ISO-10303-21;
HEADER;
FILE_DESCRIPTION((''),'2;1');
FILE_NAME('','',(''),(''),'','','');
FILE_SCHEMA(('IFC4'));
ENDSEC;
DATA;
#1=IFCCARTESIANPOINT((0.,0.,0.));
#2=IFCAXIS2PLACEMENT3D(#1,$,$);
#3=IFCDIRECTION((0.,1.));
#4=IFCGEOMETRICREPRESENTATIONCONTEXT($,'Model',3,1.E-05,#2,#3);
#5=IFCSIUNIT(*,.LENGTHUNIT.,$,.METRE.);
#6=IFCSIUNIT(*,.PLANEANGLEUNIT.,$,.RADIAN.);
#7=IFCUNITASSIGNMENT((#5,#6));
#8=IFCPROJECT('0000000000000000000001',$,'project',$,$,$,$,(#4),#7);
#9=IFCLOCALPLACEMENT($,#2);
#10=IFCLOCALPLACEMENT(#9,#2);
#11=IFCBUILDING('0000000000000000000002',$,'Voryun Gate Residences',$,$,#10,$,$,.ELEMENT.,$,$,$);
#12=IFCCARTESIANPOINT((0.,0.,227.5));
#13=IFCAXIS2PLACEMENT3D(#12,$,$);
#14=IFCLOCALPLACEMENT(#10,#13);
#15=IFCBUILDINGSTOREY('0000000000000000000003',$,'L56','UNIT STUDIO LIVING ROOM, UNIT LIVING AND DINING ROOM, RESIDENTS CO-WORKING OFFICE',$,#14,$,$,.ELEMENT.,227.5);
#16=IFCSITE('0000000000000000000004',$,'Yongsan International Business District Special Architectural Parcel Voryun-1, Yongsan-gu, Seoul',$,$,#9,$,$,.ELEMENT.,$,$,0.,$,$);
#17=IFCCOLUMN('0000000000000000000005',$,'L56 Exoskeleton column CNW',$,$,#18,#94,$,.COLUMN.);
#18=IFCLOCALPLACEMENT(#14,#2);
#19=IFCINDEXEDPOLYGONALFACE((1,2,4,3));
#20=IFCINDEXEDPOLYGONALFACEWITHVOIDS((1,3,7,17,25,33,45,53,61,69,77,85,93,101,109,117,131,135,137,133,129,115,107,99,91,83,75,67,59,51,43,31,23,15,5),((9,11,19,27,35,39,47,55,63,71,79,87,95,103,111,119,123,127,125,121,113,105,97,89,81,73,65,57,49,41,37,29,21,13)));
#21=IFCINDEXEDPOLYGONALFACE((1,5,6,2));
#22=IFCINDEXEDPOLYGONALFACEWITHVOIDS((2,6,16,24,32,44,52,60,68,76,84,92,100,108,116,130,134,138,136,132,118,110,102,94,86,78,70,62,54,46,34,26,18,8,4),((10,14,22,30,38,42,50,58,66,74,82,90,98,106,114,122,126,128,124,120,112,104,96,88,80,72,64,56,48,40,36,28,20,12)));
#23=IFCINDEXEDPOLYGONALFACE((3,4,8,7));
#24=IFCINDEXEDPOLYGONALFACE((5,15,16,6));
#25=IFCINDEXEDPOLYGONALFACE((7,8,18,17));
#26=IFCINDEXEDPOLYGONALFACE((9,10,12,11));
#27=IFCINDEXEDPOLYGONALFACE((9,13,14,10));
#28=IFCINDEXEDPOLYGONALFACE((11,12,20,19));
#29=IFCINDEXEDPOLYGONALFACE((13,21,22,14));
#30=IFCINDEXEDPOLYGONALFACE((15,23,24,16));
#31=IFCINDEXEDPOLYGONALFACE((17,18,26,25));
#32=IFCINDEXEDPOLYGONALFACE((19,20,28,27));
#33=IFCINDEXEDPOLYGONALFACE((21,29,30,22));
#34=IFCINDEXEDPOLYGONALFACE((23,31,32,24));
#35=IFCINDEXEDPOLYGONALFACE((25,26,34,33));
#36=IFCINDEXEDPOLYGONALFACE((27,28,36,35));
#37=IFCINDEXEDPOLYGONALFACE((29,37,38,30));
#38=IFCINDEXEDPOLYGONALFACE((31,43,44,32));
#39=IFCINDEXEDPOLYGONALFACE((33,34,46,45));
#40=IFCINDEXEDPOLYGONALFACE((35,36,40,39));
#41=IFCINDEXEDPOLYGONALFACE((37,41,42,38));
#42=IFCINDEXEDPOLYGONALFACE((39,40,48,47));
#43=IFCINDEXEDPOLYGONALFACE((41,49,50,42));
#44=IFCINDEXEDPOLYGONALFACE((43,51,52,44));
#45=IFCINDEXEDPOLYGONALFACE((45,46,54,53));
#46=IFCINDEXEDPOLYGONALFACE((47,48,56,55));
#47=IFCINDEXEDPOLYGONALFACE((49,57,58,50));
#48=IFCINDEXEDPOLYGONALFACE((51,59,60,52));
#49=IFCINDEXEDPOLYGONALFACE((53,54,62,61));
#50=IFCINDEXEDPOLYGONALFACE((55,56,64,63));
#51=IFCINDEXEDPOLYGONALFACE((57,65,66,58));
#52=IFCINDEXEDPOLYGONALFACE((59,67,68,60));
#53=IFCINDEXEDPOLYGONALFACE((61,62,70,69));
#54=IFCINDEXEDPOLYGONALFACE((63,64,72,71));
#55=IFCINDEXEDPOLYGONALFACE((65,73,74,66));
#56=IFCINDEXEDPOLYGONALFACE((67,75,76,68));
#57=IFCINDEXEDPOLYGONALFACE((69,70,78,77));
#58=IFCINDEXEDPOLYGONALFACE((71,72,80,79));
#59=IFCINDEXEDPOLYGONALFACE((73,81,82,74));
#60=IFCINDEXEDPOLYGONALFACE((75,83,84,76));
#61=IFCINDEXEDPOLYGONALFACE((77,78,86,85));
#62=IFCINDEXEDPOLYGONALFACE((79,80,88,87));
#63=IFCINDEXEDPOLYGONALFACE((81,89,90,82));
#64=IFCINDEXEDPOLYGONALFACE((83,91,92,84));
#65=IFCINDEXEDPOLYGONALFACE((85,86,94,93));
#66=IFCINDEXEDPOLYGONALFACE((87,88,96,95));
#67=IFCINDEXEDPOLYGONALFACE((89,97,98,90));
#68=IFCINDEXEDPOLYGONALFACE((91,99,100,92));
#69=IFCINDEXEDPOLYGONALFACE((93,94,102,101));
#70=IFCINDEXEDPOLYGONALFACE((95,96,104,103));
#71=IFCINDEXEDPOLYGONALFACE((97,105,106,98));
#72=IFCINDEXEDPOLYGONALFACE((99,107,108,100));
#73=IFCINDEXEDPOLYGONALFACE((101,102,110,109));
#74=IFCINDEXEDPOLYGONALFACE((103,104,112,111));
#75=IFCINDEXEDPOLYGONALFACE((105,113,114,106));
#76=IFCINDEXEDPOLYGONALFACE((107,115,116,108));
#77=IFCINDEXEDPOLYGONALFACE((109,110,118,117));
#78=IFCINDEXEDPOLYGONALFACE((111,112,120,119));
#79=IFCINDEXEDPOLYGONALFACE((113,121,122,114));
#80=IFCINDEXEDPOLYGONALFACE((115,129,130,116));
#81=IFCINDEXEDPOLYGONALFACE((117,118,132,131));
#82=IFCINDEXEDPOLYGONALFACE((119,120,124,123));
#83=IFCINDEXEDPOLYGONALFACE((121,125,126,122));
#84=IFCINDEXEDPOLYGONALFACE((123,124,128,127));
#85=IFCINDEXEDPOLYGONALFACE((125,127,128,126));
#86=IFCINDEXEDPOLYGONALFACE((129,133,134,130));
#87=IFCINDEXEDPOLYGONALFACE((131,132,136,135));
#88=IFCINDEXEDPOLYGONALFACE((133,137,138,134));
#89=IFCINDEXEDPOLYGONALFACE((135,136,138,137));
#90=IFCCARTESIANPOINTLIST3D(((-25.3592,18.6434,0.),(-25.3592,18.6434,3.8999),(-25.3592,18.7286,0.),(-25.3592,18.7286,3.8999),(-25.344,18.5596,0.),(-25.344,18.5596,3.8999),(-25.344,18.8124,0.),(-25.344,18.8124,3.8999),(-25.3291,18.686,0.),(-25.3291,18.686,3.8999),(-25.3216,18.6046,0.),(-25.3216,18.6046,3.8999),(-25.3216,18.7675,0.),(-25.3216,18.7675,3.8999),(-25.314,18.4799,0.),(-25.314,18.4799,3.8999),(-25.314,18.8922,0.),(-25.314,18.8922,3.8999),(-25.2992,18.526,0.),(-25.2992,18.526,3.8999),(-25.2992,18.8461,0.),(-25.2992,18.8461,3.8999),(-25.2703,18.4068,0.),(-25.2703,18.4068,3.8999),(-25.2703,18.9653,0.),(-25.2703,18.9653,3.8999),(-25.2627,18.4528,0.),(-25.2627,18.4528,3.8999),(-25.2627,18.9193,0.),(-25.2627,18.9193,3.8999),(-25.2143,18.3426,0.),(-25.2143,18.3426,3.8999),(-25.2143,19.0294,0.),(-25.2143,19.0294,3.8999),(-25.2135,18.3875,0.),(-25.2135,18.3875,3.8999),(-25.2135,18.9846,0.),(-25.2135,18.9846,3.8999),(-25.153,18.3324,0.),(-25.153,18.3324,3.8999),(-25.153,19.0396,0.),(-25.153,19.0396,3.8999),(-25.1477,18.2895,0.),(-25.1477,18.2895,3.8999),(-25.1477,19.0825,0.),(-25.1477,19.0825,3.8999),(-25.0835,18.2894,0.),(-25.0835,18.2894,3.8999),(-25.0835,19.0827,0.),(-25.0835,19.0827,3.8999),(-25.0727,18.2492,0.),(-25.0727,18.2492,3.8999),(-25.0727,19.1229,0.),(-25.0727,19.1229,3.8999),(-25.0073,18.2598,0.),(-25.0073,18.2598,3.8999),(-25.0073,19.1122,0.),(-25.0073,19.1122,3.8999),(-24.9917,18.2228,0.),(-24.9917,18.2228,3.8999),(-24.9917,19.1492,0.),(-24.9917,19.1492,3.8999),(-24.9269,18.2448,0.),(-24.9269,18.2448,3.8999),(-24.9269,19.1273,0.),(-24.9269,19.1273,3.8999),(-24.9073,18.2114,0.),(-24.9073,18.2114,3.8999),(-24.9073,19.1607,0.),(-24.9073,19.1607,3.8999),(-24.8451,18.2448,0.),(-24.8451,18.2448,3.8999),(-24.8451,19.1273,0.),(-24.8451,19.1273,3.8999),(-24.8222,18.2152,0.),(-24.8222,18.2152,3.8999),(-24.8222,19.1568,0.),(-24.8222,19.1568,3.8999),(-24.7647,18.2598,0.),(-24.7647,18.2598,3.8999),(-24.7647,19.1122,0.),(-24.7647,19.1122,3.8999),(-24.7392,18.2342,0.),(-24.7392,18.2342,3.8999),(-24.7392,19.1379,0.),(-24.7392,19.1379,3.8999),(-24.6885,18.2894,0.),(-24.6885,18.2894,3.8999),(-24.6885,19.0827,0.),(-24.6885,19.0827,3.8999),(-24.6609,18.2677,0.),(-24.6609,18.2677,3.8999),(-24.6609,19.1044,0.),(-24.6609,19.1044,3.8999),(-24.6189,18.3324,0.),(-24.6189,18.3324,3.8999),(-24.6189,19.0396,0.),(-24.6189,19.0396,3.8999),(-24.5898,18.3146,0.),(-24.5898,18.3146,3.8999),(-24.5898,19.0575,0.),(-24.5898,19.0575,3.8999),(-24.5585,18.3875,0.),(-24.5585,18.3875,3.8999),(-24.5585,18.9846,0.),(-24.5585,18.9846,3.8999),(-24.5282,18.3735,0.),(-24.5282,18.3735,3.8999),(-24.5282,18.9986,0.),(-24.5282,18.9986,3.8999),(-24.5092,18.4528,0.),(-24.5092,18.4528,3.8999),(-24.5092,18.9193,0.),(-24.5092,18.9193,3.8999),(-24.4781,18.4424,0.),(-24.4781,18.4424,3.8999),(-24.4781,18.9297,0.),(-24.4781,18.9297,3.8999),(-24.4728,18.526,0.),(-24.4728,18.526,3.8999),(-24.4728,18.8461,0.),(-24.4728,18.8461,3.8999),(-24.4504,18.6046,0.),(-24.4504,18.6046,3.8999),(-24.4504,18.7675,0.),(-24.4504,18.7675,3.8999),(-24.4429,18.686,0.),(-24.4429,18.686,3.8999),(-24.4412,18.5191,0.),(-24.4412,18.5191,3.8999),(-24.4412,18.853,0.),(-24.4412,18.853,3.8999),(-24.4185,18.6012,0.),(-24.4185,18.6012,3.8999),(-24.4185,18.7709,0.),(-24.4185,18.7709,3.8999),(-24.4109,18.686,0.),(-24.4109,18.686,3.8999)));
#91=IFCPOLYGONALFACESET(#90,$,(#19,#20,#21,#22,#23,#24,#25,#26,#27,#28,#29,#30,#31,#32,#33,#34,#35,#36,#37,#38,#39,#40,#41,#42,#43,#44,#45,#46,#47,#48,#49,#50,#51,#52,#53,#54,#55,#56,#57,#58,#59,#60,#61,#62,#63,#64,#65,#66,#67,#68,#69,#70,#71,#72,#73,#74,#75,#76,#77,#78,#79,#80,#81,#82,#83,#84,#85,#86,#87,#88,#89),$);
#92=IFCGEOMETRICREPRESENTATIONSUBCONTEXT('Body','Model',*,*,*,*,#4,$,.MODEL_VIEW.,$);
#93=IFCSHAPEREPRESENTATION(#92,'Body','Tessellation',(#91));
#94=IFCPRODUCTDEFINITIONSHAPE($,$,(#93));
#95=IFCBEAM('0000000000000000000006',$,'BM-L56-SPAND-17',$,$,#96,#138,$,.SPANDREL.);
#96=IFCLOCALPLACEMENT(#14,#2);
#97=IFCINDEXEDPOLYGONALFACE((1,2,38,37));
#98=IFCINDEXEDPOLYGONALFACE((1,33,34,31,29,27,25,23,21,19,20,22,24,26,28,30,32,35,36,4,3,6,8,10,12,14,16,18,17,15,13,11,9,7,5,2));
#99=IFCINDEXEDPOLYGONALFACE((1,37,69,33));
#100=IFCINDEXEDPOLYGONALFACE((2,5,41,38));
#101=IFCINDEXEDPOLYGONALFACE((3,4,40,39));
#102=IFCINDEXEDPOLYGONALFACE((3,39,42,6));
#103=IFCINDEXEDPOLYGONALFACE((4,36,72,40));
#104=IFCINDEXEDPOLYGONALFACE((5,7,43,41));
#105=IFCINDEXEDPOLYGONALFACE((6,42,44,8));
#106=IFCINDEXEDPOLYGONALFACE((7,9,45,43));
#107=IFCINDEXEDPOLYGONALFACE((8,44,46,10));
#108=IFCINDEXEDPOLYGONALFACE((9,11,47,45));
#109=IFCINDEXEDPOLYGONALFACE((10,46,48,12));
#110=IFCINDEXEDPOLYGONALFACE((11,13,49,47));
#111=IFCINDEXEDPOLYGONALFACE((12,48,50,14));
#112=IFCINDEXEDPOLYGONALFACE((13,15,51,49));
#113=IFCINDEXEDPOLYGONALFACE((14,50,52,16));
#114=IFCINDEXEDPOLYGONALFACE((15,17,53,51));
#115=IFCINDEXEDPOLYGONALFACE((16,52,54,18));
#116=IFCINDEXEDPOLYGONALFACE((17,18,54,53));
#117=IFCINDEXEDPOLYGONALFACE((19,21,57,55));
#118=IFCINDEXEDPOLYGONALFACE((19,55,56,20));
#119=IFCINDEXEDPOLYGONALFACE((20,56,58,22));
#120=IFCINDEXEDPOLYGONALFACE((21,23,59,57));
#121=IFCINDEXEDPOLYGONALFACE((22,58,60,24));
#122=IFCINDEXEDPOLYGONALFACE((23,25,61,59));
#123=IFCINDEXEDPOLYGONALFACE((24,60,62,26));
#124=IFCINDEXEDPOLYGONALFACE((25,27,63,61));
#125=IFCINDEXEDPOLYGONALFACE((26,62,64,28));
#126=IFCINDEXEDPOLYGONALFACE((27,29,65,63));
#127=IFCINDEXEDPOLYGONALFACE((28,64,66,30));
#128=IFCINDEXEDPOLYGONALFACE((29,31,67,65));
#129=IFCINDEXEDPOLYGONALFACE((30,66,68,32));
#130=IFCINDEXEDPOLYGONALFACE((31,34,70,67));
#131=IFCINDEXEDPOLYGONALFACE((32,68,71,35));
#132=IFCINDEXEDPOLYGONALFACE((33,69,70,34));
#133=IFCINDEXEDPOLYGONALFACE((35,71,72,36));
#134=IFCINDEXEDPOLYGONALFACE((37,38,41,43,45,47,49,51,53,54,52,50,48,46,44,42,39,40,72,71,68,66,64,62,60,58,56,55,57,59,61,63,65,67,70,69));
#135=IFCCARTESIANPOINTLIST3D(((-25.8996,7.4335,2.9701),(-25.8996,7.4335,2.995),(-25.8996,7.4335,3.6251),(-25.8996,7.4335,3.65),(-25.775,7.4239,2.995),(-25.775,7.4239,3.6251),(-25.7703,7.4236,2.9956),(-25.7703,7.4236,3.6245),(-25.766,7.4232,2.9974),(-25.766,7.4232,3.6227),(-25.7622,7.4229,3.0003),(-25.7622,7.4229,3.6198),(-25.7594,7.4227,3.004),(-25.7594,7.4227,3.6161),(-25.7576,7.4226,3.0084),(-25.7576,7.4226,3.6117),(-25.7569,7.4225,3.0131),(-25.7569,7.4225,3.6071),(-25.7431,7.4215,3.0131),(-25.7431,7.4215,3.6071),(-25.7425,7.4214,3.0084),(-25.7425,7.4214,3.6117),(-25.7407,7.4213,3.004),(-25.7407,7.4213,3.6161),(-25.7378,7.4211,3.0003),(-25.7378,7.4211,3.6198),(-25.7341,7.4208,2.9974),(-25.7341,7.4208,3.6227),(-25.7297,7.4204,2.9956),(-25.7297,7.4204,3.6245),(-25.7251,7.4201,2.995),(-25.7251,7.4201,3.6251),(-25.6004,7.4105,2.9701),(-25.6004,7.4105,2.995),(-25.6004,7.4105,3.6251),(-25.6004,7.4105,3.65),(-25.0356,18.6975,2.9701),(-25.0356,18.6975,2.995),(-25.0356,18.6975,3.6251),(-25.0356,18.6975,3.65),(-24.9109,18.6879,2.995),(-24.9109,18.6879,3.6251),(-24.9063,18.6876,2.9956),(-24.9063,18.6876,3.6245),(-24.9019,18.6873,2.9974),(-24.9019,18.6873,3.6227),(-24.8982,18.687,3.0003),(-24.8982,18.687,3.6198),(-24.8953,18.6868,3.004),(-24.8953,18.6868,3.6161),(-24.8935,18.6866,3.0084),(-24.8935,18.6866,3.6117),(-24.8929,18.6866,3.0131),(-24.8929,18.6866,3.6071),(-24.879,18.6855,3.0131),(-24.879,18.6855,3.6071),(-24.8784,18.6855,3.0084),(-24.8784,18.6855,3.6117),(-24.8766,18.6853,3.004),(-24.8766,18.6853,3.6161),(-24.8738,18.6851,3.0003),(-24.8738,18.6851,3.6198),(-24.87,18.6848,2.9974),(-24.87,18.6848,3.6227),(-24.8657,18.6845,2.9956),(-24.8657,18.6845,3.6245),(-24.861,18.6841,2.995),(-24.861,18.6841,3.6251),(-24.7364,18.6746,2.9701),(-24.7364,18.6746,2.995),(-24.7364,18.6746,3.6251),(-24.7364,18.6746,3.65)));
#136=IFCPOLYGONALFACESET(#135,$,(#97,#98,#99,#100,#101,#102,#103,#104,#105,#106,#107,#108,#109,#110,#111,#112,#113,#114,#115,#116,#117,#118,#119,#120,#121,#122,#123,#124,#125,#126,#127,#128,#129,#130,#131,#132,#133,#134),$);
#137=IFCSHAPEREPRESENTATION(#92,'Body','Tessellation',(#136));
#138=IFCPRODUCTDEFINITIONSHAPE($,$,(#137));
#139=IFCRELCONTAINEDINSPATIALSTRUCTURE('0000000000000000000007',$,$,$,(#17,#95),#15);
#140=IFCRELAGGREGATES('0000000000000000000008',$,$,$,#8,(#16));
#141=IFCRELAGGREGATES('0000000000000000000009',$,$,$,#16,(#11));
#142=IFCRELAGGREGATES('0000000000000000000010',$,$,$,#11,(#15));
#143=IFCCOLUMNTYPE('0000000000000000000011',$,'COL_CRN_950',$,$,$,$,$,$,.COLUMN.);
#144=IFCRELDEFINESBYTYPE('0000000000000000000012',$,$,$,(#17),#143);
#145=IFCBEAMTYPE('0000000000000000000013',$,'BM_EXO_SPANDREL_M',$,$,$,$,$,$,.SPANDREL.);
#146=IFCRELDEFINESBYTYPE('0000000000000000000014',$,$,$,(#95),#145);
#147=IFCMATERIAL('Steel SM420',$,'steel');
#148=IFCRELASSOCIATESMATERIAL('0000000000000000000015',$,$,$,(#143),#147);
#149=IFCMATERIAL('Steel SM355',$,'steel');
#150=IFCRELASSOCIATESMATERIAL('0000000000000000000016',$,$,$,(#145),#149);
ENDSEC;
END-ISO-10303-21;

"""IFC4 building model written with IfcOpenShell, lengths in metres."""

from ifc_helpers import new_model, si_unit, direction, frame, origin, origin_2d, place, context, subcontext, project, spatial, hollow_circle, i_section, extrude, material, material_profile, profile_set, type_object, element, save


model = new_model("IFC4")

# Units and contexts
model_context = context("Model", 3, precision=1e-05, world=origin(), true_north=direction((0.0, 1.0)))
body_context = subcontext(model_context, "Body", "Model", "MODEL_VIEW")
ifc_project = project(units=[si_unit("LENGTHUNIT", "METRE"), si_unit("PLANEANGLEUNIT", "RADIAN")], contexts=[model_context])

# Site, building, storey
site_placement = place(None, origin())
site = spatial("IfcSite", under=ifc_project, at=site_placement, Name="Yongsan International Business District Special Architectural Parcel Voryun-1, Yongsan-gu, Seoul", CompositionType="ELEMENT", RefElevation=0.0)
building_placement = place(site_placement, origin())
building = spatial("IfcBuilding", under=site, at=building_placement, Name="Voryun Gate Residences", CompositionType="ELEMENT")
storey_placement = place(building_placement, frame((0.0, 0.0, 227.5)))
storey = spatial("IfcBuildingStorey", under=building, at=storey_placement, Name="L56", Description="UNIT STUDIO LIVING ROOM, UNIT LIVING AND DINING ROOM, RESIDENTS CO-WORKING OFFICE", CompositionType="ELEMENT", Elevation=227.5)

# Column
ifc_material_1 = material(Name="Steel SM420", Category="steel")
ifc_material_profile_1 = material_profile(ifc_material_1, hollow_circle(Radius=0.4751, WallThickness=0.032, at=origin_2d()), Name="CHS-950x32")
ifc_profile_set_1 = profile_set([ifc_material_profile_1], Name="Steel SM420")
column_type = type_object("IfcColumnType", Name="COL_CRN_950", PredefinedType="COLUMN", material=ifc_profile_set_1)
column_placement = place(storey_placement, frame((-24.886, 18.686, 0.0), z_axis=(0.0, 0.0, 1.0), x_axis=(1.0, 0.0, 0.0)))
element("IfcColumn", 1, at=column_placement, inside=storey, type_object=column_type, Name="L56 Exoskeleton column CNW", PredefinedType="COLUMN", context=body_context, shape_type="SweptSolid", body=[
    extrude(hollow_circle(Radius=0.4751, WallThickness=0.032, at=origin_2d()), origin(), (0.0, 0.0, 1.0), 3.8999),
])

# Beam
ifc_material_2 = material(Name="Steel SM355", Category="steel")
ifc_material_profile_2 = material_profile(ifc_material_2, i_section(OverallWidth=0.3, OverallDepth=0.6799, WebThickness=0.0139, FlangeThickness=0.0249, FilletRadius=0.0181, at=origin_2d()), Name="H-680x300x14x25")
ifc_profile_set_2 = profile_set([ifc_material_profile_2], Name="Steel SM355")
beam_type = type_object("IfcBeamType", Name="BM_EXO_SPANDREL_M", PredefinedType="SPANDREL", material=ifc_profile_set_2)
beam_placement = place(storey_placement, frame((-24.886, 18.686, 3.3101), z_axis=(-0.076482, -0.997071, 0.0), x_axis=(0.997071, -0.076482, 0.0)))
element("IfcBeam", 2, at=beam_placement, inside=storey, type_object=beam_type, Name="BM-L56-SPAND-17", PredefinedType="SPANDREL", context=body_context, shape_type="SweptSolid", body=[
    extrude(i_section(OverallWidth=0.3, OverallDepth=0.6799, WebThickness=0.0139, FlangeThickness=0.0249, FilletRadius=0.0181, at=origin_2d()), origin(), (0.0, 0.0, 1.0), 11.2971),
])

save(model, "model.ifc")
